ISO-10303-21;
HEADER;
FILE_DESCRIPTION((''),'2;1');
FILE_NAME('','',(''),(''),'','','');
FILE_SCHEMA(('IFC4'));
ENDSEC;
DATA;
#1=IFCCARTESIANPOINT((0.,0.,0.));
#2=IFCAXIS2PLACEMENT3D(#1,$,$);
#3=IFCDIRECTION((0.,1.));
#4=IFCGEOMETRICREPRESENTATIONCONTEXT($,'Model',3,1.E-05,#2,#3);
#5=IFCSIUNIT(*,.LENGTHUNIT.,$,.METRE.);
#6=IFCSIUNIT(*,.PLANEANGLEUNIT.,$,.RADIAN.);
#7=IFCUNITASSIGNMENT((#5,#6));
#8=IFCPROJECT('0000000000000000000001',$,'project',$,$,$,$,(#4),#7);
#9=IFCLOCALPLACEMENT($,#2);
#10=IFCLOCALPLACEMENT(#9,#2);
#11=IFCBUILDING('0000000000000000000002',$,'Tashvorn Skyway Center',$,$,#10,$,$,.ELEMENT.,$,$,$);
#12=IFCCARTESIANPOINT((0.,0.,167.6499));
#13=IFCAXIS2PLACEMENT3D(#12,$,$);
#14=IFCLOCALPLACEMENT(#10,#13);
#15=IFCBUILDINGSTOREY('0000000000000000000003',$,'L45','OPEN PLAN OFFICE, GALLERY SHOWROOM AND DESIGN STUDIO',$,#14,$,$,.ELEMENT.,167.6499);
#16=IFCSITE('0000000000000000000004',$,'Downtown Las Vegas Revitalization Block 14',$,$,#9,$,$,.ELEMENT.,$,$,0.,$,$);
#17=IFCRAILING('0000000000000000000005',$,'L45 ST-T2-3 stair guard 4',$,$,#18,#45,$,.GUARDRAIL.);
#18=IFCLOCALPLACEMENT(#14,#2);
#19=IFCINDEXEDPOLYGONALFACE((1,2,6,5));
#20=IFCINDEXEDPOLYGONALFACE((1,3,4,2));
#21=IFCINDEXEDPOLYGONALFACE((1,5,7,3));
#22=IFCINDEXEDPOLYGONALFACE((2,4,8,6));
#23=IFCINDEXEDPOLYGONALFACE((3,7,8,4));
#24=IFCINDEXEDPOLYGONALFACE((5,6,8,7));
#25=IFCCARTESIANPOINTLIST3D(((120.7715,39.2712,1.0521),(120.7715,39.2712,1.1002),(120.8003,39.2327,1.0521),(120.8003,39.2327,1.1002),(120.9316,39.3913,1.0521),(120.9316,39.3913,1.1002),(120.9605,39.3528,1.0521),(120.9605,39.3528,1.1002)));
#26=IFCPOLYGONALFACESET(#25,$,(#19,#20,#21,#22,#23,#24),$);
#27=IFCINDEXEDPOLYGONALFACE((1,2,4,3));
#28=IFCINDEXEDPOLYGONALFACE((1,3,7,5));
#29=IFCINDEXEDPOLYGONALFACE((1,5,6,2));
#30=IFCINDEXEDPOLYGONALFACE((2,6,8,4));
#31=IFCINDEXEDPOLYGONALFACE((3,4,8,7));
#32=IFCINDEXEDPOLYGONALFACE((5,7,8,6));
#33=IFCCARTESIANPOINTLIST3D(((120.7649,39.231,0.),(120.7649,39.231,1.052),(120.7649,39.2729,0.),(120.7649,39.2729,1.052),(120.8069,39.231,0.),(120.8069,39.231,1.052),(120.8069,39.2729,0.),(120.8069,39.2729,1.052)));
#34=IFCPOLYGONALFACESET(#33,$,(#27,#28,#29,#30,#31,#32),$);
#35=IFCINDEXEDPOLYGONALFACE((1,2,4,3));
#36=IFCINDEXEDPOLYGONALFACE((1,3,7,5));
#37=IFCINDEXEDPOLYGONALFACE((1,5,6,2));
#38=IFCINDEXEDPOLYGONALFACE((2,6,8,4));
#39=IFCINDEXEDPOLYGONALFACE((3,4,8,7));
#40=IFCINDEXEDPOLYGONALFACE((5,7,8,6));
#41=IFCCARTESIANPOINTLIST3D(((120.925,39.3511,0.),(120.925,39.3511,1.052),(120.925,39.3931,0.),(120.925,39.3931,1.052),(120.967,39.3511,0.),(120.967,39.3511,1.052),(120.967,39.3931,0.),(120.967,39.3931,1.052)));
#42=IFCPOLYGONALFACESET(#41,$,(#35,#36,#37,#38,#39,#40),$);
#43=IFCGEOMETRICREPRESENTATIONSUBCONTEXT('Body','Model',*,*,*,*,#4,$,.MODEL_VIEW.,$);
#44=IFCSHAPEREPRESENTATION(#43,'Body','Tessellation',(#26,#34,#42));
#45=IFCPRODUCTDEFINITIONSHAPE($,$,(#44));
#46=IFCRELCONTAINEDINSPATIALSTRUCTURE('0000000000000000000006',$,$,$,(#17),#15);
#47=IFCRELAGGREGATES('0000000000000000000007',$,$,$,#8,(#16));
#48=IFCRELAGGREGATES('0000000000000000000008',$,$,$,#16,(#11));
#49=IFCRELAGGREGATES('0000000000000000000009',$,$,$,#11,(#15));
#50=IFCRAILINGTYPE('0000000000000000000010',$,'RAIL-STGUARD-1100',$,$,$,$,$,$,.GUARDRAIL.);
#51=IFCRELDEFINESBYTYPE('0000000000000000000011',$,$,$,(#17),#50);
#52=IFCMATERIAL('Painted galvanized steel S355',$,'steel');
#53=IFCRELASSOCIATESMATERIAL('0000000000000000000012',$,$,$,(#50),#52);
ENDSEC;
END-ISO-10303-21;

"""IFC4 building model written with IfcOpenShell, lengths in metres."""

from ifc_helpers import new_model, si_unit, direction, frame, origin, origin_2d, place, context, subcontext, project, spatial, rectangle, extrude, material, type_object, element, save


model = new_model("IFC4")

# Units and contexts
model_context = context("Model", 3, precision=1e-05, world=origin(), true_north=direction((0.0, 1.0)))
body_context = subcontext(model_context, "Body", "Model", "MODEL_VIEW")
ifc_project = project(units=[si_unit("LENGTHUNIT", "METRE"), si_unit("PLANEANGLEUNIT", "RADIAN")], contexts=[model_context])

# Site, building, storey
site_placement = place(None, origin())
site = spatial("IfcSite", under=ifc_project, at=site_placement, Name="Downtown Las Vegas Revitalization Block 14", CompositionType="ELEMENT", RefElevation=0.0)
building_placement = place(site_placement, origin())
building = spatial("IfcBuilding", under=site, at=building_placement, Name="Tashvorn Skyway Center", CompositionType="ELEMENT")
storey_placement = place(building_placement, frame((0.0, 0.0, 167.6499)))
storey = spatial("IfcBuildingStorey", under=building, at=storey_placement, Name="L45", Description="OPEN PLAN OFFICE, GALLERY SHOWROOM AND DESIGN STUDIO", CompositionType="ELEMENT", Elevation=167.6499)

# Railing
ifc_material_1 = material(Name="Painted galvanized steel S355", Category="steel")
railing_type_1 = type_object("IfcRailingType", Name="RAIL-STGUARD-1100", PredefinedType="GUARDRAIL", material=ifc_material_1)
railing_1_placement = place(storey_placement, frame((120.7859, 39.252, 0.0)))
element("IfcRailing", 1, at=railing_1_placement, inside=storey, type_object=railing_type_1, Name="L45 ST-T2-3 stair guard 4", PredefinedType="GUARDRAIL", context=body_context, shape_type="SweptSolid", body=[
    extrude(rectangle(XDim=0.0481, YDim=0.0481, at=origin_2d()), frame((0.0, 0.0, 1.0762), z_axis=(0.8, 0.6, 0.0), x_axis=(-0.6, 0.8, 0.0)), (0.0, 0.0, 1.0), 0.2002),
    extrude(rectangle(XDim=0.042, YDim=0.042, at=origin_2d()), origin(), (0.0, 0.0, 1.0), 1.052),
    extrude(rectangle(XDim=0.042, YDim=0.042, at=origin_2d()), frame((0.1602, 0.1201, 0.0)), (0.0, 0.0, 1.0), 1.052),
])

save(model, "model.ifc")
